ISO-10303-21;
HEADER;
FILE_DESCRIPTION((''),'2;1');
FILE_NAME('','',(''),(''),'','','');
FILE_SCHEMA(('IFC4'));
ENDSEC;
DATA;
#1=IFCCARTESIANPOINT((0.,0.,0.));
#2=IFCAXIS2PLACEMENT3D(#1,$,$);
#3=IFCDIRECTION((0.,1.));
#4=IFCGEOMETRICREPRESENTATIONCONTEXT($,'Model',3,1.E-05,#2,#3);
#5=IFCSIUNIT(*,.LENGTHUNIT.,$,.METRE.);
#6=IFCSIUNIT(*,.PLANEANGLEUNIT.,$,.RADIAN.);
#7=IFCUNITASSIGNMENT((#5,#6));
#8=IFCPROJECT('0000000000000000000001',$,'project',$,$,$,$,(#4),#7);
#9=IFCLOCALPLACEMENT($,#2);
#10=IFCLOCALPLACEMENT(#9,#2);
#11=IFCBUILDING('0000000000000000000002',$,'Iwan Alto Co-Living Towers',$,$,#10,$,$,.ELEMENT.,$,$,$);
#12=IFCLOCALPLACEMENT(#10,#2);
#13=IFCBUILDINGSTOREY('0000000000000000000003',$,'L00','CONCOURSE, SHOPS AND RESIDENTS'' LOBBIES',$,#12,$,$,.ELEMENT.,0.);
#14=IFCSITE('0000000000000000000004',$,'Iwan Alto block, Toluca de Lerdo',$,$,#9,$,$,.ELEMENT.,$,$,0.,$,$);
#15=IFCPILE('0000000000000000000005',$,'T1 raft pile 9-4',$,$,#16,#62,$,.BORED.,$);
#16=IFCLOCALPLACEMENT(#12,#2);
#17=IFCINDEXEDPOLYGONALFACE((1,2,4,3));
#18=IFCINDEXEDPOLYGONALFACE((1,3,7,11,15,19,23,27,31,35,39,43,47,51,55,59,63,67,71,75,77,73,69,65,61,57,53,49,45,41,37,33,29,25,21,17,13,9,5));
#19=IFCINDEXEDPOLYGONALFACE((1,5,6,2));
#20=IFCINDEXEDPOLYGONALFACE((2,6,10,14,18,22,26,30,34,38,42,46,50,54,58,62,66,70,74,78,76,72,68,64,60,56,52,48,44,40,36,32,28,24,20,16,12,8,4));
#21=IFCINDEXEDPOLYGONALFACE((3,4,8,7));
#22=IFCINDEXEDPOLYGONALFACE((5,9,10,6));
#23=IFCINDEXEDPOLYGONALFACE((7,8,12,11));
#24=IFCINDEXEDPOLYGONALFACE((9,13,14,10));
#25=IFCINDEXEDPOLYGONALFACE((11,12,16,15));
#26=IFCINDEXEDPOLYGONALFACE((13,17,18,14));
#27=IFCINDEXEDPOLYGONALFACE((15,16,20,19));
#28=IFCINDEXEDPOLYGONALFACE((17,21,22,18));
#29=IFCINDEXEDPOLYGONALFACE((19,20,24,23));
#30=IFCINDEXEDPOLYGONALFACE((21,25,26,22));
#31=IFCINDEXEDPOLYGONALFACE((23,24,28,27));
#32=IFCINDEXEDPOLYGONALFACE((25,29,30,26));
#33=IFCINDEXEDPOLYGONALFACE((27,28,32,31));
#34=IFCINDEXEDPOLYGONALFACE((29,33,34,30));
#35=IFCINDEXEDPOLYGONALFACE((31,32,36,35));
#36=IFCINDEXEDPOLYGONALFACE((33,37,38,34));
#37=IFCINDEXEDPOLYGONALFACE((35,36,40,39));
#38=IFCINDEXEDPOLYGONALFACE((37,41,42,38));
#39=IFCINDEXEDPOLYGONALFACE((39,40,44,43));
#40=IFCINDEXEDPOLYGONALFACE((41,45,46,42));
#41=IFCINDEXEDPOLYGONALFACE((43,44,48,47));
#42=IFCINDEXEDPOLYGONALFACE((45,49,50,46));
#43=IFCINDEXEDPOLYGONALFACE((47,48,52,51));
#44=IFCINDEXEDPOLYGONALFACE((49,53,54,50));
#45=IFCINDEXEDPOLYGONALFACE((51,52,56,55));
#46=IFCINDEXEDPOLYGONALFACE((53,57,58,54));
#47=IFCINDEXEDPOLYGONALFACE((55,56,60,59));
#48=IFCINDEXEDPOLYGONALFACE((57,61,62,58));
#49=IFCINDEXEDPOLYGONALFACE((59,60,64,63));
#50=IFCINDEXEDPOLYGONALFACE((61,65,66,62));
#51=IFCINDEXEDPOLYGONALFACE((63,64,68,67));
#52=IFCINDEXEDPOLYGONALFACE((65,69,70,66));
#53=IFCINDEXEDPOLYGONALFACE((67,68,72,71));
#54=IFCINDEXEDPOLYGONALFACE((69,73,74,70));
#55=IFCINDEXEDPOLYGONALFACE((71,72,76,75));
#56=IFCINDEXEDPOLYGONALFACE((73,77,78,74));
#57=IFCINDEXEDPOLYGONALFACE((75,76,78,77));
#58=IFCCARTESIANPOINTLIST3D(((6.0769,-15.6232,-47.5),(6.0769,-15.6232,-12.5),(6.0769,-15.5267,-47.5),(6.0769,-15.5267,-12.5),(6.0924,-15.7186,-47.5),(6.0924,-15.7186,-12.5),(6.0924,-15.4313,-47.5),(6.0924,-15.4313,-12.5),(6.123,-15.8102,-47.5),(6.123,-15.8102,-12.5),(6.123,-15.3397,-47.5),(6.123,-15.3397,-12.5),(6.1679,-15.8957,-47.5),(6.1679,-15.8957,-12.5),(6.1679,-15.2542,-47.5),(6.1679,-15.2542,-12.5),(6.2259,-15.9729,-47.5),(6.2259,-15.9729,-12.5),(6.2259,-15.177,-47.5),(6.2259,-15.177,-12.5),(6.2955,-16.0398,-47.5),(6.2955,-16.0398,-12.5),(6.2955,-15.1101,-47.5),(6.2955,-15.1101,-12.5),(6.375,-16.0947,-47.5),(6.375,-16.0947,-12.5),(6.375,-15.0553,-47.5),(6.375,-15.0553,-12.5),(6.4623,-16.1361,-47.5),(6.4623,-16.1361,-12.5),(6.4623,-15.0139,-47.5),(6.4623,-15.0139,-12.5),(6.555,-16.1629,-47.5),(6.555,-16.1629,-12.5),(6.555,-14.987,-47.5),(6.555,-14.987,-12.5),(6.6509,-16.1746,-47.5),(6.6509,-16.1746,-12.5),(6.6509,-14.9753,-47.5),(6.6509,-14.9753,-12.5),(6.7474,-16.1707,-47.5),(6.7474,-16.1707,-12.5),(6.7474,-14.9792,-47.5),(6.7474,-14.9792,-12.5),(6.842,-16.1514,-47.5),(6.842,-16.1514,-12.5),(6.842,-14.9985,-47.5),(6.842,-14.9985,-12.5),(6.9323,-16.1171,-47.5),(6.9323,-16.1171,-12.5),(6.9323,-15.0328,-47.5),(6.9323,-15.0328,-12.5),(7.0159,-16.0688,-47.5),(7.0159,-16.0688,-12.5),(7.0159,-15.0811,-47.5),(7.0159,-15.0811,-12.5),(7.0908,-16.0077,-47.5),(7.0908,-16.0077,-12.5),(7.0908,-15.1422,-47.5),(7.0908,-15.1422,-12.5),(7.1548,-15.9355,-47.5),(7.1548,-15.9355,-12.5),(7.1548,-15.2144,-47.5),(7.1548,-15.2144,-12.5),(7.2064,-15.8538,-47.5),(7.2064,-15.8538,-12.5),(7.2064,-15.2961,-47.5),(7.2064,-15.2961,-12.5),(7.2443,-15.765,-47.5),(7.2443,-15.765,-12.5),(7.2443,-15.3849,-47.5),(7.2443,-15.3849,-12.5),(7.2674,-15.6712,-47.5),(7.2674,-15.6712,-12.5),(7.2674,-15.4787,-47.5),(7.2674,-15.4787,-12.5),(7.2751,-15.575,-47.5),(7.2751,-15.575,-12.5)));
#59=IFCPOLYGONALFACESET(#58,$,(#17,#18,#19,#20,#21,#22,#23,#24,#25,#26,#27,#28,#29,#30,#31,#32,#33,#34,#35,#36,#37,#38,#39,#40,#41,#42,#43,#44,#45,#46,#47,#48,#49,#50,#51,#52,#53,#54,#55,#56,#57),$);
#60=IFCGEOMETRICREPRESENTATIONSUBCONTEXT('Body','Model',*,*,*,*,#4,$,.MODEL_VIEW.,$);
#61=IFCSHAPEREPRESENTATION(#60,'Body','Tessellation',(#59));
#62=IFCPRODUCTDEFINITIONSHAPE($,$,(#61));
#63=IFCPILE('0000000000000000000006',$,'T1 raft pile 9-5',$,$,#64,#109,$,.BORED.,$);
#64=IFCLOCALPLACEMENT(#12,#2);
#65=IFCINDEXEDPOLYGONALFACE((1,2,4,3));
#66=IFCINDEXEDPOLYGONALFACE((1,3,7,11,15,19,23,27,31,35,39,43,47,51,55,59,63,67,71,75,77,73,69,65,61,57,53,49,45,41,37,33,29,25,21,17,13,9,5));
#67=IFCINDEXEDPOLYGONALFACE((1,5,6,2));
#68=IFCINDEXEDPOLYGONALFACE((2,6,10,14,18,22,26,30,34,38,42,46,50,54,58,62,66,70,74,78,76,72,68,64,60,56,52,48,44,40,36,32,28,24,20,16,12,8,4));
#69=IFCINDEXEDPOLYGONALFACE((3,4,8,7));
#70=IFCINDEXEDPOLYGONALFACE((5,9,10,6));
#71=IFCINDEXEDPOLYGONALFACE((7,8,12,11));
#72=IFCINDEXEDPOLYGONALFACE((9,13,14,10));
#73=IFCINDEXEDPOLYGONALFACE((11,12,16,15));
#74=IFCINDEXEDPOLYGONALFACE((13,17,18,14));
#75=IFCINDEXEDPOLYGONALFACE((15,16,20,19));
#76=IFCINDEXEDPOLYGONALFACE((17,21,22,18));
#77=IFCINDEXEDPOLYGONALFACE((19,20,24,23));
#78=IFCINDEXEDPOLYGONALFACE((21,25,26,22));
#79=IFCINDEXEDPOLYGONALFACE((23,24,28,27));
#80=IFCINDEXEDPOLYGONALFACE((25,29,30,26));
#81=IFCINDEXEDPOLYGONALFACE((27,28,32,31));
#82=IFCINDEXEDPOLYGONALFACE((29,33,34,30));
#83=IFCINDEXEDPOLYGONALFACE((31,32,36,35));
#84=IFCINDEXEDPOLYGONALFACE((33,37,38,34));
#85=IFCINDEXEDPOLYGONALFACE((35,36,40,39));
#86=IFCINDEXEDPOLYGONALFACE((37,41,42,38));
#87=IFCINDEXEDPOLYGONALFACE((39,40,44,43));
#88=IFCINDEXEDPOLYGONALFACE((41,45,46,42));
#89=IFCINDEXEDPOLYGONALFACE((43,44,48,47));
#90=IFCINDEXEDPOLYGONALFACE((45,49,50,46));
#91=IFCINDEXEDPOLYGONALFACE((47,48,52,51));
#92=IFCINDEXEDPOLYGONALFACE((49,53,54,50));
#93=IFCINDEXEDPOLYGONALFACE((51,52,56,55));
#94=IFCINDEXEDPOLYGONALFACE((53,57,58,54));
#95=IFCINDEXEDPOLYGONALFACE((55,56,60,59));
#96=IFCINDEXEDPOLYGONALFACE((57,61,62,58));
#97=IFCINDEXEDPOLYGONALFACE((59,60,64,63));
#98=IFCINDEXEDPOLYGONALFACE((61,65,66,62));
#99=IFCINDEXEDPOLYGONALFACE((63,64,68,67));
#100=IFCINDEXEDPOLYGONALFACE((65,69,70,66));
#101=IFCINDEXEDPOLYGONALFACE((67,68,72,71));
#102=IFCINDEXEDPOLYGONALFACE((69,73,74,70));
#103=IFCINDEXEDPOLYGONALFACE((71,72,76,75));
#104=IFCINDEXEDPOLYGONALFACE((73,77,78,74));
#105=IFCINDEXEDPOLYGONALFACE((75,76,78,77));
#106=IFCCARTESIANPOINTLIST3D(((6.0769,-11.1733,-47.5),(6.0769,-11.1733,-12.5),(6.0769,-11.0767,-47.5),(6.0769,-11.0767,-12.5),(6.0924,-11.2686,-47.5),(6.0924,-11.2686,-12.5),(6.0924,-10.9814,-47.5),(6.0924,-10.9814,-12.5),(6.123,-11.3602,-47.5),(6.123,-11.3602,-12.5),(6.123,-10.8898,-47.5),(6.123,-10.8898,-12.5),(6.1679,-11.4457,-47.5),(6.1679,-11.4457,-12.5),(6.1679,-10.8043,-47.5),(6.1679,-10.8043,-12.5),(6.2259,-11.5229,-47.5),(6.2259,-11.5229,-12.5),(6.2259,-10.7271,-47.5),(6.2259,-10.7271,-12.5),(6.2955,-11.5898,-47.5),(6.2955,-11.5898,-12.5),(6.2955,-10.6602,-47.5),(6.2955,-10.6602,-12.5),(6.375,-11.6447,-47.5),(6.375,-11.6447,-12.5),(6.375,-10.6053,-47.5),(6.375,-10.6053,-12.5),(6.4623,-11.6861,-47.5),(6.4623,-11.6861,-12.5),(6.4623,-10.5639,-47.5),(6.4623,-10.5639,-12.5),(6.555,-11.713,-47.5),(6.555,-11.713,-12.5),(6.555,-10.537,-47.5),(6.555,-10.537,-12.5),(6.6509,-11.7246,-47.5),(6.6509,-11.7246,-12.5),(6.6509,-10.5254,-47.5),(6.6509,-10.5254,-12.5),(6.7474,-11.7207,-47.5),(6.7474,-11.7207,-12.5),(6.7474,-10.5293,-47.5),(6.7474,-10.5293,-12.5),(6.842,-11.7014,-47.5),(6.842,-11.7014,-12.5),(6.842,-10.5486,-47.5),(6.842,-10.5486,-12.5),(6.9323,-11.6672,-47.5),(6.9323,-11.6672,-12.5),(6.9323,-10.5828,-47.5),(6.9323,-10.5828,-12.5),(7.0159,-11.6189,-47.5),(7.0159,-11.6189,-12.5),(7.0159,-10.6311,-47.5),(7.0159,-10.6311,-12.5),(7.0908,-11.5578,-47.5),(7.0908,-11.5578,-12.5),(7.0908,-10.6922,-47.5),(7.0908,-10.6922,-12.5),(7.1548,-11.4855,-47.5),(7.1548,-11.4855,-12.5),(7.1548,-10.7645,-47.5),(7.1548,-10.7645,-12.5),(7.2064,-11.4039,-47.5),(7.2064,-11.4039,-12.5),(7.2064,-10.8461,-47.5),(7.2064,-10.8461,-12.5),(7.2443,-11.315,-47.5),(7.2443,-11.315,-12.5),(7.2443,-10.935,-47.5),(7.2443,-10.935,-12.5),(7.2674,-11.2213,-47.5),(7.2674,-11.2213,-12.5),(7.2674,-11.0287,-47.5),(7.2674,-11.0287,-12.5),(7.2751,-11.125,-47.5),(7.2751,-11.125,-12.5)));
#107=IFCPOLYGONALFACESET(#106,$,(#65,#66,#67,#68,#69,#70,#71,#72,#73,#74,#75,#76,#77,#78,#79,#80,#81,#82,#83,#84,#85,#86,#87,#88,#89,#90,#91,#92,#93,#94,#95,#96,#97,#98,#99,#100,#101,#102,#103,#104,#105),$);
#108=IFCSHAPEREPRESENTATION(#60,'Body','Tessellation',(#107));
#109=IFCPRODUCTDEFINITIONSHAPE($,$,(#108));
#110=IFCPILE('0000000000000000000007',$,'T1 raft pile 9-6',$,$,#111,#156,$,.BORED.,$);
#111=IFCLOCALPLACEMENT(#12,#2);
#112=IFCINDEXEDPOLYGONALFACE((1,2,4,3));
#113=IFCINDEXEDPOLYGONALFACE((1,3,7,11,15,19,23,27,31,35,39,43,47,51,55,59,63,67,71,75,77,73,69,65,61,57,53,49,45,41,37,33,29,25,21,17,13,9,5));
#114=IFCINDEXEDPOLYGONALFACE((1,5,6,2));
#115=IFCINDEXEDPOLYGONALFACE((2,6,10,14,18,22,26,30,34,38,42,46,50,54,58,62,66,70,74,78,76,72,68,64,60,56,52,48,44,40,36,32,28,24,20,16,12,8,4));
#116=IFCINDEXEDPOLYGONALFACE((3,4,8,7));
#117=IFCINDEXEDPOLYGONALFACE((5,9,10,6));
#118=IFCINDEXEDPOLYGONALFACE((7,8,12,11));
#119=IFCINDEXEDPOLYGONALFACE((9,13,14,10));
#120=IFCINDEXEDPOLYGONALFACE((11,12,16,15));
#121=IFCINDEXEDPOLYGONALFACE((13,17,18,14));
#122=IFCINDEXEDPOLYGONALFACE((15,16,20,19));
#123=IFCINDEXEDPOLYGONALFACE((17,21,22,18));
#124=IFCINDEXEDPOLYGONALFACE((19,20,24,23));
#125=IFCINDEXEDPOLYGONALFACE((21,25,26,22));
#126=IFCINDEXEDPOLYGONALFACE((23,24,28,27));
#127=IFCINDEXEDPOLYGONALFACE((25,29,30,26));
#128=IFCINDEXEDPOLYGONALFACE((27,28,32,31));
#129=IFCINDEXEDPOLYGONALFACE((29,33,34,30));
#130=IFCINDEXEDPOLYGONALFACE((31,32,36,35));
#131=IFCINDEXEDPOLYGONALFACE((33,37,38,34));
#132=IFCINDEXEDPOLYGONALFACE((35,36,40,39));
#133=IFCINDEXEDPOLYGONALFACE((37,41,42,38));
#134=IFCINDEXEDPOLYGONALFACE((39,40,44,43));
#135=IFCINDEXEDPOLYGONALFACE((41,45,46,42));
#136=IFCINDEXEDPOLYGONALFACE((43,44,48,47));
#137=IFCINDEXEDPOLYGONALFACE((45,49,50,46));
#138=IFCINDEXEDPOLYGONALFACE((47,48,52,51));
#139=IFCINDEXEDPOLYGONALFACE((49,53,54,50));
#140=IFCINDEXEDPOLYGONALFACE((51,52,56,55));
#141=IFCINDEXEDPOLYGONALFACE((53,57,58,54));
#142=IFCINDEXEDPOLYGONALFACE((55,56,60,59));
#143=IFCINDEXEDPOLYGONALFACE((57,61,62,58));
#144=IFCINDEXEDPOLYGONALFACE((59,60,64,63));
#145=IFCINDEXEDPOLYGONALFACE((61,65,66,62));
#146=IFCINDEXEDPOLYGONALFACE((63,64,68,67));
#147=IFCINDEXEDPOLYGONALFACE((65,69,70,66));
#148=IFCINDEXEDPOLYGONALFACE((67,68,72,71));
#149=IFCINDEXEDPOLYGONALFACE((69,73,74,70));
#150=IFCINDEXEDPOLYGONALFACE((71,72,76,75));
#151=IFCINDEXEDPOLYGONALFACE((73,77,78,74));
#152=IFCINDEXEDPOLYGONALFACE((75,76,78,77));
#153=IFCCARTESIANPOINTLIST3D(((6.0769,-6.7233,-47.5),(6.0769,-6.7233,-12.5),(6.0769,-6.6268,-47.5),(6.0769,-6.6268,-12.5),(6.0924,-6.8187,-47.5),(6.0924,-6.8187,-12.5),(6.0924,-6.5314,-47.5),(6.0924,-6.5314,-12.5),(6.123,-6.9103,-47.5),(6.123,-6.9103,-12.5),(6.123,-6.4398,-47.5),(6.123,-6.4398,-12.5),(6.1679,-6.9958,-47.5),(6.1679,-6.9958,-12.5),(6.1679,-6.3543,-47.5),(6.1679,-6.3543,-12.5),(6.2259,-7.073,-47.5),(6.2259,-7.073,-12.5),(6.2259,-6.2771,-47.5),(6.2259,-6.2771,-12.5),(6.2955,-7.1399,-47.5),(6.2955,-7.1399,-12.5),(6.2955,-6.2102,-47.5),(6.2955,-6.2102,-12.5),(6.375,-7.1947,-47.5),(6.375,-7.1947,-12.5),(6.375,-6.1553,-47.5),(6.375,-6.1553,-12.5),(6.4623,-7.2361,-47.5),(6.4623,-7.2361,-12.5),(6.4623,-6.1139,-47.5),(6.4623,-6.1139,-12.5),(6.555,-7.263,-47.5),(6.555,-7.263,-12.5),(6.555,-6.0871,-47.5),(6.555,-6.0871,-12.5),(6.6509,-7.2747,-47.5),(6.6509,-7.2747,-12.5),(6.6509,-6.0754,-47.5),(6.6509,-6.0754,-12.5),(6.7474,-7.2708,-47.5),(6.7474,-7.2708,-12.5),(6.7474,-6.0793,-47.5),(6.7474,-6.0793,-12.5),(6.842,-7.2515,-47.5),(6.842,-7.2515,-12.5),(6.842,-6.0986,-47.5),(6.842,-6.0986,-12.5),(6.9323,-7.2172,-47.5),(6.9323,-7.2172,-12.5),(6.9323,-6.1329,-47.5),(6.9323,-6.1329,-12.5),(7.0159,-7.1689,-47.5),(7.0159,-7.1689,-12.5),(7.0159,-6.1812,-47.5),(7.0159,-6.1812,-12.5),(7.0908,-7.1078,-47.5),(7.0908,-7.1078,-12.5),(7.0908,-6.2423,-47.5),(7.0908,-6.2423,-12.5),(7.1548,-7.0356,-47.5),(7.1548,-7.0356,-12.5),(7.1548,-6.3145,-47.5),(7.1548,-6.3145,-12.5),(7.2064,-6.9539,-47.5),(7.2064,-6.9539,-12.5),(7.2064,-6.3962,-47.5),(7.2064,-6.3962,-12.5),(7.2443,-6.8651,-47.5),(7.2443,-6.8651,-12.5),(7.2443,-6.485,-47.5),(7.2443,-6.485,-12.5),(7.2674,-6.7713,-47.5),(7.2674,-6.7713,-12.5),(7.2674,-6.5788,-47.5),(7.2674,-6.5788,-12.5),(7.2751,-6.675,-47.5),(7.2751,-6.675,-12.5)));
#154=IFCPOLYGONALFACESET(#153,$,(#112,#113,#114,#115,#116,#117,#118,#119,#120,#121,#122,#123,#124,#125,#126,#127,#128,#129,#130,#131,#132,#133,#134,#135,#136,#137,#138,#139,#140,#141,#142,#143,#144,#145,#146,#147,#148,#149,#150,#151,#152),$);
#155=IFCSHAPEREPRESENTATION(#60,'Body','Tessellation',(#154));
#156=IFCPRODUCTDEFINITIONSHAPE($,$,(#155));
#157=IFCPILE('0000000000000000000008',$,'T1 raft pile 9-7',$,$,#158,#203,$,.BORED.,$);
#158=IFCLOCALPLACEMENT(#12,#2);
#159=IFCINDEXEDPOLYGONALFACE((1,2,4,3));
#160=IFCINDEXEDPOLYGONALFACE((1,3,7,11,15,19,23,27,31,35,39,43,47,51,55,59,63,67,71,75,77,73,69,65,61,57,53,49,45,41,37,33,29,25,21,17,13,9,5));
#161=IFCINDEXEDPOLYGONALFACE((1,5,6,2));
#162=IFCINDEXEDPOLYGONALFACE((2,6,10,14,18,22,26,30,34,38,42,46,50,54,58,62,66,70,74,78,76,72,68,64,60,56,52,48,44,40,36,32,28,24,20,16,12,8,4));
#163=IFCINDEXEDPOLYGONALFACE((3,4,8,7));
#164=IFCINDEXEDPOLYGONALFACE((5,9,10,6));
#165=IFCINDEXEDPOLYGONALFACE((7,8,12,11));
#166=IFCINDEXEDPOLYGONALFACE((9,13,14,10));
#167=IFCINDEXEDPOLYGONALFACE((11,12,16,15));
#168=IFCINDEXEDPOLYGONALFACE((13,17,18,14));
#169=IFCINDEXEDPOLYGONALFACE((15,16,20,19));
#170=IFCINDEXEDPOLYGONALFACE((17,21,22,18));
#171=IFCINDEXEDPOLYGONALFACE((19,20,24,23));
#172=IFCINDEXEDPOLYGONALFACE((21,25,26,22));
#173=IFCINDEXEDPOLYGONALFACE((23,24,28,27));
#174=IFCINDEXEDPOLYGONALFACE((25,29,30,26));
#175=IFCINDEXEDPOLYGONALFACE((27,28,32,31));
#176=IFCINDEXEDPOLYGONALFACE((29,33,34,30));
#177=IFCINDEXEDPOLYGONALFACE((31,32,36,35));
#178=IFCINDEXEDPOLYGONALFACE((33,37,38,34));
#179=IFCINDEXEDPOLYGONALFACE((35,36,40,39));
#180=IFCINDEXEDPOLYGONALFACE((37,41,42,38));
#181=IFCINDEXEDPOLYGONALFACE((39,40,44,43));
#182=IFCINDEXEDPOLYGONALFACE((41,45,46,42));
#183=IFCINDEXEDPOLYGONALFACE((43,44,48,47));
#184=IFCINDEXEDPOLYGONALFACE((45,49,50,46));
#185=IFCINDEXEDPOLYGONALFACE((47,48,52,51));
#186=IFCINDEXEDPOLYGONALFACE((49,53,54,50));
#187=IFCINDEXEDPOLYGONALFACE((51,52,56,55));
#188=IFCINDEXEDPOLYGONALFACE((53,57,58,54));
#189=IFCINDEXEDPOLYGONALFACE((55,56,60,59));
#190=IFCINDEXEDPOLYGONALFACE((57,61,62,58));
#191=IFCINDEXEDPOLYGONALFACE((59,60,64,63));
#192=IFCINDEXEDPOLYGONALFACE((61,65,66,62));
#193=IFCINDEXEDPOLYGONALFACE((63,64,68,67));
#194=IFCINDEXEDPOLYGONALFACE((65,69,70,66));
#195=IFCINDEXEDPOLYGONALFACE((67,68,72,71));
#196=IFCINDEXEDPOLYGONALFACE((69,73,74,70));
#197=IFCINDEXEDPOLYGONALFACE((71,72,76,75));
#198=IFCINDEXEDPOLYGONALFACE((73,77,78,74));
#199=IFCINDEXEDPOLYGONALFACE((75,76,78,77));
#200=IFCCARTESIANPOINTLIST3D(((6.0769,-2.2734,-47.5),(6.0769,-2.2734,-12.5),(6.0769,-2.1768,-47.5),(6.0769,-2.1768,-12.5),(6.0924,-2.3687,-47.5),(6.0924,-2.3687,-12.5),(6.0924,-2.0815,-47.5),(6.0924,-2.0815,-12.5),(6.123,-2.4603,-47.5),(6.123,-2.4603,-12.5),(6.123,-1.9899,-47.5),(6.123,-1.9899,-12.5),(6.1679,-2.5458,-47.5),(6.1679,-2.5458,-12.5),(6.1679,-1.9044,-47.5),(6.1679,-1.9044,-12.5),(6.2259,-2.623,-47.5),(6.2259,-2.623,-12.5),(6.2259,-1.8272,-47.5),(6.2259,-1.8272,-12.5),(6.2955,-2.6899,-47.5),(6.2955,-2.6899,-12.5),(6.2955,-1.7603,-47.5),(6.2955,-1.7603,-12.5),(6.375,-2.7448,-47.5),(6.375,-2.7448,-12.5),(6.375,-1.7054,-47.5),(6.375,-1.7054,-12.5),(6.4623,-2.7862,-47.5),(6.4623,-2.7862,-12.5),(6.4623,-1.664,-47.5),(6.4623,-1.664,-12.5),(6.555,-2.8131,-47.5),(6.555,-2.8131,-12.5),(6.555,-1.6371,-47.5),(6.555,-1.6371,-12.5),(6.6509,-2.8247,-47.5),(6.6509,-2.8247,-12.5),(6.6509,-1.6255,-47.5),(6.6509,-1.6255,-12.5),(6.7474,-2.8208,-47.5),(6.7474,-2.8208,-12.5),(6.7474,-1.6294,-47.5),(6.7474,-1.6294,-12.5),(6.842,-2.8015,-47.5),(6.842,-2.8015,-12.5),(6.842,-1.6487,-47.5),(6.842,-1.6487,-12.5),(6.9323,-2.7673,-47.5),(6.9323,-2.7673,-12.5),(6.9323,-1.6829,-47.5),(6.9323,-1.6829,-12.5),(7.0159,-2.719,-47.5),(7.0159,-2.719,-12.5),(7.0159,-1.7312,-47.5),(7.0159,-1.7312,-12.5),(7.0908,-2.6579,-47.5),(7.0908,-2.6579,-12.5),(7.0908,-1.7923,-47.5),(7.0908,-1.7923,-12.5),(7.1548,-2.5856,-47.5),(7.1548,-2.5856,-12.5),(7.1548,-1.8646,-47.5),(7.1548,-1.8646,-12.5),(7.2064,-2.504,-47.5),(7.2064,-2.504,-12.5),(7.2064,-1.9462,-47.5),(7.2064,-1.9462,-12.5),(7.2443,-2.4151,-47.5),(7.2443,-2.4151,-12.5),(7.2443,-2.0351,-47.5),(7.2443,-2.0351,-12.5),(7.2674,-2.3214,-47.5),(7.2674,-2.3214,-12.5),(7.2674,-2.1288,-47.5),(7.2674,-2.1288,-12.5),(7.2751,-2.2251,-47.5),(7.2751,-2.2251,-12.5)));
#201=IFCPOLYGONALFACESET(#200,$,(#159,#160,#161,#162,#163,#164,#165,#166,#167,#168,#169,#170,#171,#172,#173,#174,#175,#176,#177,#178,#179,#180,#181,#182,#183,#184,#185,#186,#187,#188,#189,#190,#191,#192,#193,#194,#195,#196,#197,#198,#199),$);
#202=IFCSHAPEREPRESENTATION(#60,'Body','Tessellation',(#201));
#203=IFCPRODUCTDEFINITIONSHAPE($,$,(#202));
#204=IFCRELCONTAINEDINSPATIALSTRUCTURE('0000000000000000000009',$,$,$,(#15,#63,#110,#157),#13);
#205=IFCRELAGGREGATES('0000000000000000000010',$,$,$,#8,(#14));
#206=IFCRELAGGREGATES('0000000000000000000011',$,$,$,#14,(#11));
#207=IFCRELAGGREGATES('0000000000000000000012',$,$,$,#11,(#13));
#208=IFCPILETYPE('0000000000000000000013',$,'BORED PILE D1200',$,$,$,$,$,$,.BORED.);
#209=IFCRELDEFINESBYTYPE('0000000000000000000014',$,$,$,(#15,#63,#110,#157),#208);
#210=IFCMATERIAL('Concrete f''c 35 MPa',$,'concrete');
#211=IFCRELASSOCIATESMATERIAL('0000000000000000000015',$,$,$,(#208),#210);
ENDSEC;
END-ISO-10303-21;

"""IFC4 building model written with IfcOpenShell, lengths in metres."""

from ifc_helpers import new_model, si_unit, direction, frame, origin, origin_2d, place, context, subcontext, project, spatial, circle, extrude, material, material_profile, profile_set, type_object, element, save


model = new_model("IFC4")

# Units and contexts
model_context = context("Model", 3, precision=1e-05, world=origin(), true_north=direction((0.0, 1.0)))
body_context = subcontext(model_context, "Body", "Model", "MODEL_VIEW")
ifc_project = project(units=[si_unit("LENGTHUNIT", "METRE"), si_unit("PLANEANGLEUNIT", "RADIAN")], contexts=[model_context])

# Site, building, storey
site_placement = place(None, origin())
site = spatial("IfcSite", under=ifc_project, at=site_placement, Name="Iwan Alto block, Toluca de Lerdo", CompositionType="ELEMENT", RefElevation=0.0)
building_placement = place(site_placement, origin())
building = spatial("IfcBuilding", under=site, at=building_placement, Name="Iwan Alto Co-Living Towers", CompositionType="ELEMENT")
storey_placement = place(building_placement, origin())
storey = spatial("IfcBuildingStorey", under=building, at=storey_placement, Name="L00", Description="CONCOURSE, SHOPS AND RESIDENTS' LOBBIES", CompositionType="ELEMENT", Elevation=0.0)

# Piles
ifc_material_1 = material(Name="Concrete f'c 35 MPa", Category="concrete")
ifc_material_profile_1 = material_profile(ifc_material_1, circle(Radius=0.6001, at=origin_2d()), Name="D1200")
ifc_profile_set_1 = profile_set([ifc_material_profile_1], Name="Concrete f'c 35 MPa")
pile_type = type_object("IfcPileType", Name="BORED PILE D1200", PredefinedType="BORED", material=ifc_profile_set_1)
for number, where, z_axis, x_axis, name in (
    (1, (6.675, -15.575, -12.5), (0.0, 0.0, -1.0), (1.0, 0.0, 0.0), "T1 raft pile 9-4"),
    (2, (6.675, -11.125, -12.5), (0.0, 0.0, -1.0), (1.0, 0.0, 0.0), "T1 raft pile 9-5"),
    (3, (6.675, -6.675, -12.5), (0.0, 0.0, -1.0), (1.0, 0.0, 0.0), "T1 raft pile 9-6"),
    (4, (6.675, -2.2251, -12.5), (0.0, 0.0, -1.0), (1.0, 0.0, 0.0), "T1 raft pile 9-7"),
):
    element("IfcPile", number, at=place(storey_placement, frame(where, z_axis=z_axis, x_axis=x_axis)), inside=storey, type_object=pile_type, Name=name, PredefinedType="BORED", context=body_context, shape_type="SweptSolid", body=[
        extrude(circle(Radius=0.6001, at=origin_2d()), origin(), (0.0, 0.0, 1.0), 35.0),
    ])

save(model, "model.ifc")
